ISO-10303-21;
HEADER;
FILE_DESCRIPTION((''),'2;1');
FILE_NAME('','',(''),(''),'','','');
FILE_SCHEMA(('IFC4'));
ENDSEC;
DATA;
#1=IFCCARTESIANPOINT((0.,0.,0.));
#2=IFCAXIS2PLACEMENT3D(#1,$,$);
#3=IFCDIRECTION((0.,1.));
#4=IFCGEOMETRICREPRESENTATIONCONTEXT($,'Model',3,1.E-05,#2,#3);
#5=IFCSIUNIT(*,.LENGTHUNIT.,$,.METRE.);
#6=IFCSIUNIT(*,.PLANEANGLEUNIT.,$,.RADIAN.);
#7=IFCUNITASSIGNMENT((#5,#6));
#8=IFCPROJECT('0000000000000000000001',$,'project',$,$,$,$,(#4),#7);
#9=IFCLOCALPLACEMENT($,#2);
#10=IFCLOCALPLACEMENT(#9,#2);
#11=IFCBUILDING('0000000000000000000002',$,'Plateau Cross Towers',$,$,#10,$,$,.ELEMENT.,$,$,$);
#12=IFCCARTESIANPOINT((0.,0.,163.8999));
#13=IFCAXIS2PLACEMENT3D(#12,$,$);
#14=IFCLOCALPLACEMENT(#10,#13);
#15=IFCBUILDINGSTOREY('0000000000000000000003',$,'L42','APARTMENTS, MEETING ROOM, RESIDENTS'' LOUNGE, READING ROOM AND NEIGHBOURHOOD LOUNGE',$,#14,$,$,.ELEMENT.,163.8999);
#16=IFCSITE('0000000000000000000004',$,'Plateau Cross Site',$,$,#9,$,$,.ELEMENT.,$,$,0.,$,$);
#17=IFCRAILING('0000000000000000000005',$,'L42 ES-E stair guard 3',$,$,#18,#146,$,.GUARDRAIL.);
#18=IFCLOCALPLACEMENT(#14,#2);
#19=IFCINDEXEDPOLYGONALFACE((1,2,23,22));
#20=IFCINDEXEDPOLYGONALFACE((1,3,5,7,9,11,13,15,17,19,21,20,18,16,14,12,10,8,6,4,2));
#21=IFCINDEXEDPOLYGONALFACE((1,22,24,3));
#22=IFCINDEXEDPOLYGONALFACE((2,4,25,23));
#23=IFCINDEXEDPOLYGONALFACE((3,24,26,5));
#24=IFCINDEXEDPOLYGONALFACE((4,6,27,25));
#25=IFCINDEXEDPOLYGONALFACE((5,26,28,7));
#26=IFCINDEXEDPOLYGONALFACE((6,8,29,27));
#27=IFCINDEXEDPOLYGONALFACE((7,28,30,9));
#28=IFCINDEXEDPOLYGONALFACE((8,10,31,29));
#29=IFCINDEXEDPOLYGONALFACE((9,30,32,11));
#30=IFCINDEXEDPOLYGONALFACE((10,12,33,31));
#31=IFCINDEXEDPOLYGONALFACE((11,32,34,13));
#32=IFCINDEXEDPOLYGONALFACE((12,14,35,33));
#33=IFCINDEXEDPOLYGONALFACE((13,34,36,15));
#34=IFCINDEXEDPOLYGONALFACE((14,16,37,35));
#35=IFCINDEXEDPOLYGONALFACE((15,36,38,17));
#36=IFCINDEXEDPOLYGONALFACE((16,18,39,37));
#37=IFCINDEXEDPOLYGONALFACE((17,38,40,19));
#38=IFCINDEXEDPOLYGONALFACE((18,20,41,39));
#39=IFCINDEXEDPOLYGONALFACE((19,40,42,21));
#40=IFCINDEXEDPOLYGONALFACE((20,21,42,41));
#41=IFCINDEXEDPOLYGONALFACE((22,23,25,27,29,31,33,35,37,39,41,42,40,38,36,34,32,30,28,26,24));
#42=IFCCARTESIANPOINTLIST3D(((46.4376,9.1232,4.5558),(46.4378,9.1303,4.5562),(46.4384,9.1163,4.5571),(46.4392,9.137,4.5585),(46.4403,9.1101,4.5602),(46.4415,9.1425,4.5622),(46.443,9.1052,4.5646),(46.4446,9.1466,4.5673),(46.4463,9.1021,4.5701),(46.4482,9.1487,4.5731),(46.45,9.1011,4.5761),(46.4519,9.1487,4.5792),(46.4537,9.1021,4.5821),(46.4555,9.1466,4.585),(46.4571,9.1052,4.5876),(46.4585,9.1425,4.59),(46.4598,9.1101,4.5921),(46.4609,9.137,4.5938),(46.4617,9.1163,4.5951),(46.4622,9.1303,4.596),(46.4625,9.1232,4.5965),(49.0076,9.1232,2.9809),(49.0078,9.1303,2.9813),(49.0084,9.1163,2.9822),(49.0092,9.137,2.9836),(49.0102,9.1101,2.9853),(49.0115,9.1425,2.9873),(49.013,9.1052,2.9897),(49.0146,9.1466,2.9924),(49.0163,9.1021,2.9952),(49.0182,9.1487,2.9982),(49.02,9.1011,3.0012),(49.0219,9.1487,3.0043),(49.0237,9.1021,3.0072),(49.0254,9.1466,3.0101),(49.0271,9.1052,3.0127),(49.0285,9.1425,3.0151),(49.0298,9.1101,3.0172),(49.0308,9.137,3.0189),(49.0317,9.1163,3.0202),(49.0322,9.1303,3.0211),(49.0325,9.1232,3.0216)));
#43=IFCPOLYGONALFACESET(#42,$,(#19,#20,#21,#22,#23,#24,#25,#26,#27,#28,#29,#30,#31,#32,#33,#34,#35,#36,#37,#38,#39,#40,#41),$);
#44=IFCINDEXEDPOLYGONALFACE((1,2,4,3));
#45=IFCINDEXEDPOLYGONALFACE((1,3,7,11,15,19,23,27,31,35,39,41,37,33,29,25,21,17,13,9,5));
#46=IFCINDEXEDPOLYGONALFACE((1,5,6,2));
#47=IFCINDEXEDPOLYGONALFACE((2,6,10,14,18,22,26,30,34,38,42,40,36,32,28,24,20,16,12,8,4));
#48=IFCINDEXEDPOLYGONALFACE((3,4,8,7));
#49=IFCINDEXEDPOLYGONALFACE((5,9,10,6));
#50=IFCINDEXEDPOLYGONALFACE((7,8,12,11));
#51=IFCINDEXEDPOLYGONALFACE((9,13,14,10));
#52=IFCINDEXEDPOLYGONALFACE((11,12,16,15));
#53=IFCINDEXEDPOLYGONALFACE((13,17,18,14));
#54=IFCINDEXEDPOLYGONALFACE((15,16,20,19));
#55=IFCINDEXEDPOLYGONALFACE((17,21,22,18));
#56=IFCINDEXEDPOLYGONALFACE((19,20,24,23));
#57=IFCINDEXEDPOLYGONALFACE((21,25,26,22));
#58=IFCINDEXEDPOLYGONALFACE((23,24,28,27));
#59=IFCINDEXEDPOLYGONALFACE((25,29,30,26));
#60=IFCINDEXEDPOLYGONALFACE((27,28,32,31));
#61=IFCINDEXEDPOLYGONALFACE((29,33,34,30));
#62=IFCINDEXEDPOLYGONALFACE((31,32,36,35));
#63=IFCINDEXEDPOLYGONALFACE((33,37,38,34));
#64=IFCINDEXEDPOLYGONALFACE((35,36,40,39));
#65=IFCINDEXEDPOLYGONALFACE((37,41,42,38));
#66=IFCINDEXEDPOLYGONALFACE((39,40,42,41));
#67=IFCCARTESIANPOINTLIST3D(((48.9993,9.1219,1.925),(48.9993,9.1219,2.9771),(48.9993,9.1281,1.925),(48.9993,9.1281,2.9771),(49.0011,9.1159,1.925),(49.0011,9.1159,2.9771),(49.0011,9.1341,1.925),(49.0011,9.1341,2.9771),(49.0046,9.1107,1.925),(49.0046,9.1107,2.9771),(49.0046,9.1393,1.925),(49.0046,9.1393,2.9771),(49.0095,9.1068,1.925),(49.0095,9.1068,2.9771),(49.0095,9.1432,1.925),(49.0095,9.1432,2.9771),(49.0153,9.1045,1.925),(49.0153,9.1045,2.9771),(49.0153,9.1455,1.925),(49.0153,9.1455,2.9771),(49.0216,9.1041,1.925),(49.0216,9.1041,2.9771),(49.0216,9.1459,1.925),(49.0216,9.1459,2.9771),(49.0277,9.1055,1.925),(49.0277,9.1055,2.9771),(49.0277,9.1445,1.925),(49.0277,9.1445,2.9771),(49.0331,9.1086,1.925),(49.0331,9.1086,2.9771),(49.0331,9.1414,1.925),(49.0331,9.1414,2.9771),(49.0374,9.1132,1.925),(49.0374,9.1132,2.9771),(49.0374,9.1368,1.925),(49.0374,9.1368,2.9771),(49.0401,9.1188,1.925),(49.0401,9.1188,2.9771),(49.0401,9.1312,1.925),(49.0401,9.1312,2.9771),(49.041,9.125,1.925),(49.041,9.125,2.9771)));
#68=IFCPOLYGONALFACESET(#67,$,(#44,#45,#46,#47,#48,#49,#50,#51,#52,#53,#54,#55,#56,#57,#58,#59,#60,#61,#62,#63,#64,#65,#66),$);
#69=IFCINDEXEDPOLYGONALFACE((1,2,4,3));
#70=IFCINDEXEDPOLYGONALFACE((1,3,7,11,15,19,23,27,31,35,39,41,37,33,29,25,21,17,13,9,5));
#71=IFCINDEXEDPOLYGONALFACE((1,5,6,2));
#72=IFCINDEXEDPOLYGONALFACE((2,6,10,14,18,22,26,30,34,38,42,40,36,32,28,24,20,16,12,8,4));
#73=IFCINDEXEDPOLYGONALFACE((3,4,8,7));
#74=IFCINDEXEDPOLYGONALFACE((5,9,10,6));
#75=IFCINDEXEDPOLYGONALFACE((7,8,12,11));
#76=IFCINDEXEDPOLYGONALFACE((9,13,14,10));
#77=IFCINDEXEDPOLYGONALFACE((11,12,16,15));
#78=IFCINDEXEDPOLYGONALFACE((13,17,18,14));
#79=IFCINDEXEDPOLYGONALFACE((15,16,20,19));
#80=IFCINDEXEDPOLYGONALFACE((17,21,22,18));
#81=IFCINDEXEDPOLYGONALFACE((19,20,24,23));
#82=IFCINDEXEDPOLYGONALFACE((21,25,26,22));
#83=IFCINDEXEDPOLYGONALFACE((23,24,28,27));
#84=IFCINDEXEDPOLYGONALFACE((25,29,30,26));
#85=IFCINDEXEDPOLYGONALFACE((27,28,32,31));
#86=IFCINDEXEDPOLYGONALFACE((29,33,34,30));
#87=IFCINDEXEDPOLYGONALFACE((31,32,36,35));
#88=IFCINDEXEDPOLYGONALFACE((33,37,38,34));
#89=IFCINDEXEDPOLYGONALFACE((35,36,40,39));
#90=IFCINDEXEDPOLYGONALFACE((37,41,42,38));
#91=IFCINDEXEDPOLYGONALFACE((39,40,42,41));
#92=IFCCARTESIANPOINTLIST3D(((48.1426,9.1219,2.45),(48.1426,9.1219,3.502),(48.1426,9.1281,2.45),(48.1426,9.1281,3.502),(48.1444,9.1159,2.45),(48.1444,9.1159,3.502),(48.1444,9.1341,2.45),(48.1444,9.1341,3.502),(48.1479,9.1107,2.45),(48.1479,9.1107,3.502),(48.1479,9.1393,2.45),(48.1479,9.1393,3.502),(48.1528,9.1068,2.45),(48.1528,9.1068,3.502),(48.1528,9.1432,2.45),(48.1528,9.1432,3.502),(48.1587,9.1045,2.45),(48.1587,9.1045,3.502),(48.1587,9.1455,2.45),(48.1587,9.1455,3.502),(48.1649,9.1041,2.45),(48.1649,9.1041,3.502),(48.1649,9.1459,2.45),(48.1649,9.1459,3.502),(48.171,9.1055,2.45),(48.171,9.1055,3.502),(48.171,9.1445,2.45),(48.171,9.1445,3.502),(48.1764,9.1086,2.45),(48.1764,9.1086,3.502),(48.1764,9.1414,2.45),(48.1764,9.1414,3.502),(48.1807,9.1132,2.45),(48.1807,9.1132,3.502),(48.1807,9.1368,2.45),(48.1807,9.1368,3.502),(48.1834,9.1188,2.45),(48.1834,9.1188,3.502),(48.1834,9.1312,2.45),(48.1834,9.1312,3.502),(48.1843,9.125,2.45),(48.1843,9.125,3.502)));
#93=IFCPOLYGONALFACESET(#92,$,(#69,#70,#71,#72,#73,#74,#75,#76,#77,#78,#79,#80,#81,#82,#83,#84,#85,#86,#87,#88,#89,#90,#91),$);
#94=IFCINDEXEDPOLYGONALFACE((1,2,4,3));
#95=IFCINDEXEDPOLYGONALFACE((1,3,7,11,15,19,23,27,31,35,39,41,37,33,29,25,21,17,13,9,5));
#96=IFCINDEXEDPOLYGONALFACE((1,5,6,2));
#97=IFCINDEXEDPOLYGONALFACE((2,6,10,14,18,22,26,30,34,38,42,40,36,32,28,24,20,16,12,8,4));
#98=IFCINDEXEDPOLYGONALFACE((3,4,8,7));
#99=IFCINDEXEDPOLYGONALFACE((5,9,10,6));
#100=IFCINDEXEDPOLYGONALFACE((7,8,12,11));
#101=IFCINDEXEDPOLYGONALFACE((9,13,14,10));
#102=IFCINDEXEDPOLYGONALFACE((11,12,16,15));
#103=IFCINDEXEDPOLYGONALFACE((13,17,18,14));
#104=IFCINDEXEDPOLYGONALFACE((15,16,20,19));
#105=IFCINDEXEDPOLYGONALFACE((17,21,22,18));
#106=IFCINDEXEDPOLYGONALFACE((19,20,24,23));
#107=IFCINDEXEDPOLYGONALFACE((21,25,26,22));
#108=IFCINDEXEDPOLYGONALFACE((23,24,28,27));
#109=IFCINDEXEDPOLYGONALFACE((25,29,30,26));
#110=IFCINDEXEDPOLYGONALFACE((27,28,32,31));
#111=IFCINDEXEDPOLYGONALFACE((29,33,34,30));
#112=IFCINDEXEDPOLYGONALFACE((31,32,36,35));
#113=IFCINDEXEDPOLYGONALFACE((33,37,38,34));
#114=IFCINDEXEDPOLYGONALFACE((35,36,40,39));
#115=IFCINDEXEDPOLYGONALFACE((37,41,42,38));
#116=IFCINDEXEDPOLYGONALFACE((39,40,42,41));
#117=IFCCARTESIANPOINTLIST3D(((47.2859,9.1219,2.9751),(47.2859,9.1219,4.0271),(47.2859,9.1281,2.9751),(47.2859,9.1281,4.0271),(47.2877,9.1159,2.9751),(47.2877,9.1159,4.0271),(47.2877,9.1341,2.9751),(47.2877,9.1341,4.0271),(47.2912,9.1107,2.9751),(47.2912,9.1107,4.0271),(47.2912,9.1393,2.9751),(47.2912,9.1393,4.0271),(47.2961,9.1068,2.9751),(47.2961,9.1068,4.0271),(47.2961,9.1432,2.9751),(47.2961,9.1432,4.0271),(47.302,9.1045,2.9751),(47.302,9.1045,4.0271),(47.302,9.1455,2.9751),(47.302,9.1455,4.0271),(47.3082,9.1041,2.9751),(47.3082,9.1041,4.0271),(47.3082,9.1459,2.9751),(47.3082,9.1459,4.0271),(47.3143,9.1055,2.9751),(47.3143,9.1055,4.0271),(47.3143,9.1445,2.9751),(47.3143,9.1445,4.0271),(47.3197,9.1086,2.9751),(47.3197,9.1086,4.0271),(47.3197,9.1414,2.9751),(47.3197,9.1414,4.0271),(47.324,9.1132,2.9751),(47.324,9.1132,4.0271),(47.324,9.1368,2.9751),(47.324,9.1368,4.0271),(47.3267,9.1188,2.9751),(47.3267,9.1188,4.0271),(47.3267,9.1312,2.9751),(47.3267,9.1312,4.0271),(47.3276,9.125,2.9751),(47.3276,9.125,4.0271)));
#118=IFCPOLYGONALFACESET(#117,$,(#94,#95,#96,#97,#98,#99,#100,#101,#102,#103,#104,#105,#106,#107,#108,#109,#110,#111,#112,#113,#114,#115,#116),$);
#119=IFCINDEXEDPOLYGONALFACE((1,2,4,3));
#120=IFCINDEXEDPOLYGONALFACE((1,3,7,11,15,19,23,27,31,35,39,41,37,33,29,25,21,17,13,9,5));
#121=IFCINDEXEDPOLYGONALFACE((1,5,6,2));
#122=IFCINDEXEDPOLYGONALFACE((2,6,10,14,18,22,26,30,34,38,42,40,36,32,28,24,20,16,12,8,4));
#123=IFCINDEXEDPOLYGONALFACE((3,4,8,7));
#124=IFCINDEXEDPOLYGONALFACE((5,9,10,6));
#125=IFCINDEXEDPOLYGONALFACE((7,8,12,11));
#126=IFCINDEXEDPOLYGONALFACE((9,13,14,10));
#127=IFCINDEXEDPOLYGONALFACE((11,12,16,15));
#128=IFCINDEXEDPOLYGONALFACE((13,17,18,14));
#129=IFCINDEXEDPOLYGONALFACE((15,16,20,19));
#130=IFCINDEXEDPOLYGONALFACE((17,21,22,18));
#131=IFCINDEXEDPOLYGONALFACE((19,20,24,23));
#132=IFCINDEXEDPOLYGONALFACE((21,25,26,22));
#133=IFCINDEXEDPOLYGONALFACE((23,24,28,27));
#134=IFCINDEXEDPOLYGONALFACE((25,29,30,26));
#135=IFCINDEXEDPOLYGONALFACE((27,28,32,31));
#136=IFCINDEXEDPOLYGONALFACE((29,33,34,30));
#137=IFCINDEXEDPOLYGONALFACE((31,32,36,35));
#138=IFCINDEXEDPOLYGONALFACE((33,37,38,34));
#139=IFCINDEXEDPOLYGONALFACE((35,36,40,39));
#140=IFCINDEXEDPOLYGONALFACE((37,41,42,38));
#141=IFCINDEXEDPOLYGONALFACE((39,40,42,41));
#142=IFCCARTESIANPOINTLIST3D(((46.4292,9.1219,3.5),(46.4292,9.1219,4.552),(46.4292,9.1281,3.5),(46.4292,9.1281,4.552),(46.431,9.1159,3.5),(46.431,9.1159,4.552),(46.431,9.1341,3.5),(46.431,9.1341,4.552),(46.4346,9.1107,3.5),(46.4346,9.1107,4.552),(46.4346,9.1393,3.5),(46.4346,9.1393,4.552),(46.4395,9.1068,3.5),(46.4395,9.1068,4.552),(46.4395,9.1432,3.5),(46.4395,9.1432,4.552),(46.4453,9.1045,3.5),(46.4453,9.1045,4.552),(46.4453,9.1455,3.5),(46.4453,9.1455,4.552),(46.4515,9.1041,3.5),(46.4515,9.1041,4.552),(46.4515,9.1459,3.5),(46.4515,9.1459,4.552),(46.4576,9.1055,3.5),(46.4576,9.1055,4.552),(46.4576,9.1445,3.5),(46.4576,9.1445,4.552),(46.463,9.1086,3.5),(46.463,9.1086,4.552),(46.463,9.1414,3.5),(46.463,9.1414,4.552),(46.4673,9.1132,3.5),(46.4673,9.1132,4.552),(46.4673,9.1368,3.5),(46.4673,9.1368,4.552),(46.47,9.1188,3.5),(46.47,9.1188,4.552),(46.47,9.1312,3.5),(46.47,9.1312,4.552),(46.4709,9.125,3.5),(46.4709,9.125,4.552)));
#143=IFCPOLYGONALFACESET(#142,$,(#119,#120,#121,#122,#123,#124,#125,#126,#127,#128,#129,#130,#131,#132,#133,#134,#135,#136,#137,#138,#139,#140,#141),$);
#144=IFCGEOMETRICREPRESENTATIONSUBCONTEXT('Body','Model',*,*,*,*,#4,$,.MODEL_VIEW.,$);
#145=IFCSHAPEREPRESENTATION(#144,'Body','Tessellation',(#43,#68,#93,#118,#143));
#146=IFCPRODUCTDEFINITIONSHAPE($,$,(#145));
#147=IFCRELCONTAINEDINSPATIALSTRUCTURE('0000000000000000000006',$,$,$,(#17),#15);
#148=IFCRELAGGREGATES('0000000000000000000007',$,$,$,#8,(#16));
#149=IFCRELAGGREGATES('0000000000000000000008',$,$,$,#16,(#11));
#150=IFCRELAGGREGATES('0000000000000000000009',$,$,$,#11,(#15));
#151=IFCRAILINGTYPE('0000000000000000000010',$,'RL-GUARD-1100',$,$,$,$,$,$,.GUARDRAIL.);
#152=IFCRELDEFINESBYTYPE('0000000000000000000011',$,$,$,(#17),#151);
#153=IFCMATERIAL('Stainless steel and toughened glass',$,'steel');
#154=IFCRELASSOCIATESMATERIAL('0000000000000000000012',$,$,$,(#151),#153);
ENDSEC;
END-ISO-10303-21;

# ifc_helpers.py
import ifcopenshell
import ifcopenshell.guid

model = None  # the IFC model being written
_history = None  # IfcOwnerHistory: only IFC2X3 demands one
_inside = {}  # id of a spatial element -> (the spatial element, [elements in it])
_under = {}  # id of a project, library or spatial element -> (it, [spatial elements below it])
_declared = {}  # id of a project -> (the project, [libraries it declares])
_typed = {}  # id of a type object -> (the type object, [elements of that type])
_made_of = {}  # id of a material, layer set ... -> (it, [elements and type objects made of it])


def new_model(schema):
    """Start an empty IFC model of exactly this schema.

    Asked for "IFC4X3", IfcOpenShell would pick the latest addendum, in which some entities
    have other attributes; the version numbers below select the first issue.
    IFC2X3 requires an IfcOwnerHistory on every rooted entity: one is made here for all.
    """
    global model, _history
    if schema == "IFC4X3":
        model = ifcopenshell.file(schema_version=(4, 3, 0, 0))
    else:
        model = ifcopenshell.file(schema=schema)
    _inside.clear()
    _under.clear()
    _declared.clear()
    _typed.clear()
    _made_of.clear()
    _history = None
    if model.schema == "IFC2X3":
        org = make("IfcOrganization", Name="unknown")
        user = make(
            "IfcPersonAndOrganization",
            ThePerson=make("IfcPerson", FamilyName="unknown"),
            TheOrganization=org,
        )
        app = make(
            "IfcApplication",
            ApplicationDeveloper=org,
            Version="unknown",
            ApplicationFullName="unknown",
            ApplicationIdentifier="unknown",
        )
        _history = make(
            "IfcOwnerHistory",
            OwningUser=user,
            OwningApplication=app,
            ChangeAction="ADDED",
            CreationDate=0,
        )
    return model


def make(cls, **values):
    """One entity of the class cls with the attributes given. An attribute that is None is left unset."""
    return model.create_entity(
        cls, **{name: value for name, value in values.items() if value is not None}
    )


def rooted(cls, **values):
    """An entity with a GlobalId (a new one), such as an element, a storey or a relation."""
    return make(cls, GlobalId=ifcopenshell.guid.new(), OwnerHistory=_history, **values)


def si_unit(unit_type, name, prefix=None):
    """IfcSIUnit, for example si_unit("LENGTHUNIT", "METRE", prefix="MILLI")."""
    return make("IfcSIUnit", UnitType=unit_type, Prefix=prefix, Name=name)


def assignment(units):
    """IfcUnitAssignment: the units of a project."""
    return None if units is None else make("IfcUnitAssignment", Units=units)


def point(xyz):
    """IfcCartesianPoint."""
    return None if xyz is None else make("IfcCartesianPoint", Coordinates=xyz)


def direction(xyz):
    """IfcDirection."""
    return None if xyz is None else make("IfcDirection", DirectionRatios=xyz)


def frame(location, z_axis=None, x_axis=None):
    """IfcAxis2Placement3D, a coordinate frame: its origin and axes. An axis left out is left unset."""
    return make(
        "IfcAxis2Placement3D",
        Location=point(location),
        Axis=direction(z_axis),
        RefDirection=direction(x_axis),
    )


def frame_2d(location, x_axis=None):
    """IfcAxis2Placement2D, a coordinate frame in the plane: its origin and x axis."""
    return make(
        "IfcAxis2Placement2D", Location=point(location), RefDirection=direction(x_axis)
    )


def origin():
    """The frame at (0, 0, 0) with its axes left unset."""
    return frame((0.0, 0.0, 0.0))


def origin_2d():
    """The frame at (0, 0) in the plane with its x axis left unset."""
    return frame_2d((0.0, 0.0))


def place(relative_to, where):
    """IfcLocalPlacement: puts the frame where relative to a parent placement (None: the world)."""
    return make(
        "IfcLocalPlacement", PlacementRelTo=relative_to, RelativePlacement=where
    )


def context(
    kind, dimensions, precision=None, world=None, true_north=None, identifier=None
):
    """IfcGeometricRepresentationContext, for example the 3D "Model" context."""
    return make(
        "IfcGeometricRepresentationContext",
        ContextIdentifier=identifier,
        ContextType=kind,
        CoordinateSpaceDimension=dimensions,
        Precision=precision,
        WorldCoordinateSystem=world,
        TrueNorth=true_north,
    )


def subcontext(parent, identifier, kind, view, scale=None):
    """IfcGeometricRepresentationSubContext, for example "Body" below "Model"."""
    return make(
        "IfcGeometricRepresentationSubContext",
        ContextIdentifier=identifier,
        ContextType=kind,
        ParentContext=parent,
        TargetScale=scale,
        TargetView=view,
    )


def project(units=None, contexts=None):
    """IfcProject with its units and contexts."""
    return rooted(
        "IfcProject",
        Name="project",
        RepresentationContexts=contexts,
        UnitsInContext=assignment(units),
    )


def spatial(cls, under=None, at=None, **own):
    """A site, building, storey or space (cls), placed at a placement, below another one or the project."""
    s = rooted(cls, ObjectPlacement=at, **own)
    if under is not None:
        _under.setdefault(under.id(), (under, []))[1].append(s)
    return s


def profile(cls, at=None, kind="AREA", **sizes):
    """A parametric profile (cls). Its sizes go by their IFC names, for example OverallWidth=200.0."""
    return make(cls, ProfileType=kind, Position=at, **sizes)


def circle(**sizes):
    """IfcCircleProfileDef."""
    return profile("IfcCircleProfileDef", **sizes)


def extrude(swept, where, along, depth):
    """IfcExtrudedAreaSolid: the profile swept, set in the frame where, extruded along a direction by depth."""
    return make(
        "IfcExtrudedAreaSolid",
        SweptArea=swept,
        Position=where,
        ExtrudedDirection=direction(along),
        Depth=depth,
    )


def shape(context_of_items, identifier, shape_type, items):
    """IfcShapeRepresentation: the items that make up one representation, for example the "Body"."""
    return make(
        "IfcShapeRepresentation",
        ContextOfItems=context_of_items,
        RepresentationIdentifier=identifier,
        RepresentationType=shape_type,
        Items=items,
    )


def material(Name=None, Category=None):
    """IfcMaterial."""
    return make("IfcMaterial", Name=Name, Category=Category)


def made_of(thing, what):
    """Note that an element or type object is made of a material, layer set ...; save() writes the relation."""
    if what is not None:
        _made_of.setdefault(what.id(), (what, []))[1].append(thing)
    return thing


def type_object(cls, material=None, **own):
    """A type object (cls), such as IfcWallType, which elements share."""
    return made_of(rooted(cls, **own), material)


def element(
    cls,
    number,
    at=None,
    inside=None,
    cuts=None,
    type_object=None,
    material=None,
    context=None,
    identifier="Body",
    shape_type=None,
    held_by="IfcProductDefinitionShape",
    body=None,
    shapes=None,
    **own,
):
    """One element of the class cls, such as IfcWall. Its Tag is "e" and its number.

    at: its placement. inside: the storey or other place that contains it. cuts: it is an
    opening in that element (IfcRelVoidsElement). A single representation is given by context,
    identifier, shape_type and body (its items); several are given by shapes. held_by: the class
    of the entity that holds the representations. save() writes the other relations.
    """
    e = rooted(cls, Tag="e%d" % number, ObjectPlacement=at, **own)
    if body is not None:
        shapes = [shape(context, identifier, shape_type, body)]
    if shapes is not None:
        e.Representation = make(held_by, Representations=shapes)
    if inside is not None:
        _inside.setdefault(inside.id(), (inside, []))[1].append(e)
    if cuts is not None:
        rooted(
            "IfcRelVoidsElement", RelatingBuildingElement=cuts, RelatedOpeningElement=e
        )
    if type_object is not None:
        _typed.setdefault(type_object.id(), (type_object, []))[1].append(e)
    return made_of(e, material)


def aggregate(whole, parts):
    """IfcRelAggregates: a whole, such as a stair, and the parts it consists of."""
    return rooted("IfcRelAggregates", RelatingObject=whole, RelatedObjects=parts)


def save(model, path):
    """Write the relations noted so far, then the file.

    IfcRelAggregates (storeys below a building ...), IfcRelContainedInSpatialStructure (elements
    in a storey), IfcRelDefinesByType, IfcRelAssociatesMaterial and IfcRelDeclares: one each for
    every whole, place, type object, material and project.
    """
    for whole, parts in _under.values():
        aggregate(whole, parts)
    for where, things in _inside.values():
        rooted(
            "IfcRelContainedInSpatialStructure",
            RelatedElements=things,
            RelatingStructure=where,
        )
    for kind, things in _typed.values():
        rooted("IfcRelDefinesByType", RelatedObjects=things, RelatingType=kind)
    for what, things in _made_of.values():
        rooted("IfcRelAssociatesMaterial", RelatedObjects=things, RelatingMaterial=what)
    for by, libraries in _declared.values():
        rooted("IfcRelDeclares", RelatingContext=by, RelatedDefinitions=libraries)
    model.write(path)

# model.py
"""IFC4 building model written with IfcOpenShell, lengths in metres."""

from ifc_helpers import new_model, si_unit, direction, frame, origin, origin_2d, place, context, subcontext, project, spatial, circle, extrude, material, type_object, element, save


model = new_model("IFC4")

# Units and contexts
model_context = context("Model", 3, precision=1e-05, world=origin(), true_north=direction((0.0, 1.0)))
body_context = subcontext(model_context, "Body", "Model", "MODEL_VIEW")
ifc_project = project(units=[si_unit("LENGTHUNIT", "METRE"), si_unit("PLANEANGLEUNIT", "RADIAN")], contexts=[model_context])

# Site, building, storey
site_placement = place(None, origin())
site = spatial("IfcSite", under=ifc_project, at=site_placement, Name="Plateau Cross Site", CompositionType="ELEMENT", RefElevation=0.0)
building_placement = place(site_placement, origin())
building = spatial("IfcBuilding", under=site, at=building_placement, Name="Plateau Cross Towers", CompositionType="ELEMENT")
storey_placement = place(building_placement, frame((0.0, 0.0, 163.8999)))
storey = spatial("IfcBuildingStorey", under=building, at=storey_placement, Name="L42", Description="APARTMENTS, MEETING ROOM, RESIDENTS' LOUNGE, READING ROOM AND NEIGHBOURHOOD LOUNGE", CompositionType="ELEMENT", Elevation=163.8999)

# Railing
ifc_material_1 = material(Name="Stainless steel and toughened glass", Category="steel")
railing_type_1 = type_object("IfcRailingType", Name="RL-GUARD-1100", PredefinedType="GUARDRAIL", material=ifc_material_1)
railing_1_placement = place(storey_placement, frame((49.02, 9.125, 1.925)))
element("IfcRailing", 1, at=railing_1_placement, inside=storey, type_object=railing_type_1, Name="L42 ES-E stair guard 3", PredefinedType="GUARDRAIL", context=body_context, shape_type="SweptSolid", body=[
    extrude(circle(Radius=0.0239, at=origin_2d()), frame((0.0, 0.0, 1.0762), z_axis=(-0.852639, 0.0, 0.522501), x_axis=(0.0, -1.0, 0.0)), (0.0, 0.0, 1.0), 3.0142),
    extrude(circle(Radius=0.021, at=origin_2d()), origin(), (0.0, 0.0, 1.0), 1.052),
    extrude(circle(Radius=0.021, at=origin_2d()), frame((-0.8567, 0.0, 0.5249)), (0.0, 0.0, 1.0), 1.052),
    extrude(circle(Radius=0.021, at=origin_2d()), frame((-1.7134, 0.0, 1.05)), (0.0, 0.0, 1.0), 1.052),
    extrude(circle(Radius=0.021, at=origin_2d()), frame((-2.5701, 0.0, 1.575)), (0.0, 0.0, 1.0), 1.052),
])

save(model, "model.ifc")
